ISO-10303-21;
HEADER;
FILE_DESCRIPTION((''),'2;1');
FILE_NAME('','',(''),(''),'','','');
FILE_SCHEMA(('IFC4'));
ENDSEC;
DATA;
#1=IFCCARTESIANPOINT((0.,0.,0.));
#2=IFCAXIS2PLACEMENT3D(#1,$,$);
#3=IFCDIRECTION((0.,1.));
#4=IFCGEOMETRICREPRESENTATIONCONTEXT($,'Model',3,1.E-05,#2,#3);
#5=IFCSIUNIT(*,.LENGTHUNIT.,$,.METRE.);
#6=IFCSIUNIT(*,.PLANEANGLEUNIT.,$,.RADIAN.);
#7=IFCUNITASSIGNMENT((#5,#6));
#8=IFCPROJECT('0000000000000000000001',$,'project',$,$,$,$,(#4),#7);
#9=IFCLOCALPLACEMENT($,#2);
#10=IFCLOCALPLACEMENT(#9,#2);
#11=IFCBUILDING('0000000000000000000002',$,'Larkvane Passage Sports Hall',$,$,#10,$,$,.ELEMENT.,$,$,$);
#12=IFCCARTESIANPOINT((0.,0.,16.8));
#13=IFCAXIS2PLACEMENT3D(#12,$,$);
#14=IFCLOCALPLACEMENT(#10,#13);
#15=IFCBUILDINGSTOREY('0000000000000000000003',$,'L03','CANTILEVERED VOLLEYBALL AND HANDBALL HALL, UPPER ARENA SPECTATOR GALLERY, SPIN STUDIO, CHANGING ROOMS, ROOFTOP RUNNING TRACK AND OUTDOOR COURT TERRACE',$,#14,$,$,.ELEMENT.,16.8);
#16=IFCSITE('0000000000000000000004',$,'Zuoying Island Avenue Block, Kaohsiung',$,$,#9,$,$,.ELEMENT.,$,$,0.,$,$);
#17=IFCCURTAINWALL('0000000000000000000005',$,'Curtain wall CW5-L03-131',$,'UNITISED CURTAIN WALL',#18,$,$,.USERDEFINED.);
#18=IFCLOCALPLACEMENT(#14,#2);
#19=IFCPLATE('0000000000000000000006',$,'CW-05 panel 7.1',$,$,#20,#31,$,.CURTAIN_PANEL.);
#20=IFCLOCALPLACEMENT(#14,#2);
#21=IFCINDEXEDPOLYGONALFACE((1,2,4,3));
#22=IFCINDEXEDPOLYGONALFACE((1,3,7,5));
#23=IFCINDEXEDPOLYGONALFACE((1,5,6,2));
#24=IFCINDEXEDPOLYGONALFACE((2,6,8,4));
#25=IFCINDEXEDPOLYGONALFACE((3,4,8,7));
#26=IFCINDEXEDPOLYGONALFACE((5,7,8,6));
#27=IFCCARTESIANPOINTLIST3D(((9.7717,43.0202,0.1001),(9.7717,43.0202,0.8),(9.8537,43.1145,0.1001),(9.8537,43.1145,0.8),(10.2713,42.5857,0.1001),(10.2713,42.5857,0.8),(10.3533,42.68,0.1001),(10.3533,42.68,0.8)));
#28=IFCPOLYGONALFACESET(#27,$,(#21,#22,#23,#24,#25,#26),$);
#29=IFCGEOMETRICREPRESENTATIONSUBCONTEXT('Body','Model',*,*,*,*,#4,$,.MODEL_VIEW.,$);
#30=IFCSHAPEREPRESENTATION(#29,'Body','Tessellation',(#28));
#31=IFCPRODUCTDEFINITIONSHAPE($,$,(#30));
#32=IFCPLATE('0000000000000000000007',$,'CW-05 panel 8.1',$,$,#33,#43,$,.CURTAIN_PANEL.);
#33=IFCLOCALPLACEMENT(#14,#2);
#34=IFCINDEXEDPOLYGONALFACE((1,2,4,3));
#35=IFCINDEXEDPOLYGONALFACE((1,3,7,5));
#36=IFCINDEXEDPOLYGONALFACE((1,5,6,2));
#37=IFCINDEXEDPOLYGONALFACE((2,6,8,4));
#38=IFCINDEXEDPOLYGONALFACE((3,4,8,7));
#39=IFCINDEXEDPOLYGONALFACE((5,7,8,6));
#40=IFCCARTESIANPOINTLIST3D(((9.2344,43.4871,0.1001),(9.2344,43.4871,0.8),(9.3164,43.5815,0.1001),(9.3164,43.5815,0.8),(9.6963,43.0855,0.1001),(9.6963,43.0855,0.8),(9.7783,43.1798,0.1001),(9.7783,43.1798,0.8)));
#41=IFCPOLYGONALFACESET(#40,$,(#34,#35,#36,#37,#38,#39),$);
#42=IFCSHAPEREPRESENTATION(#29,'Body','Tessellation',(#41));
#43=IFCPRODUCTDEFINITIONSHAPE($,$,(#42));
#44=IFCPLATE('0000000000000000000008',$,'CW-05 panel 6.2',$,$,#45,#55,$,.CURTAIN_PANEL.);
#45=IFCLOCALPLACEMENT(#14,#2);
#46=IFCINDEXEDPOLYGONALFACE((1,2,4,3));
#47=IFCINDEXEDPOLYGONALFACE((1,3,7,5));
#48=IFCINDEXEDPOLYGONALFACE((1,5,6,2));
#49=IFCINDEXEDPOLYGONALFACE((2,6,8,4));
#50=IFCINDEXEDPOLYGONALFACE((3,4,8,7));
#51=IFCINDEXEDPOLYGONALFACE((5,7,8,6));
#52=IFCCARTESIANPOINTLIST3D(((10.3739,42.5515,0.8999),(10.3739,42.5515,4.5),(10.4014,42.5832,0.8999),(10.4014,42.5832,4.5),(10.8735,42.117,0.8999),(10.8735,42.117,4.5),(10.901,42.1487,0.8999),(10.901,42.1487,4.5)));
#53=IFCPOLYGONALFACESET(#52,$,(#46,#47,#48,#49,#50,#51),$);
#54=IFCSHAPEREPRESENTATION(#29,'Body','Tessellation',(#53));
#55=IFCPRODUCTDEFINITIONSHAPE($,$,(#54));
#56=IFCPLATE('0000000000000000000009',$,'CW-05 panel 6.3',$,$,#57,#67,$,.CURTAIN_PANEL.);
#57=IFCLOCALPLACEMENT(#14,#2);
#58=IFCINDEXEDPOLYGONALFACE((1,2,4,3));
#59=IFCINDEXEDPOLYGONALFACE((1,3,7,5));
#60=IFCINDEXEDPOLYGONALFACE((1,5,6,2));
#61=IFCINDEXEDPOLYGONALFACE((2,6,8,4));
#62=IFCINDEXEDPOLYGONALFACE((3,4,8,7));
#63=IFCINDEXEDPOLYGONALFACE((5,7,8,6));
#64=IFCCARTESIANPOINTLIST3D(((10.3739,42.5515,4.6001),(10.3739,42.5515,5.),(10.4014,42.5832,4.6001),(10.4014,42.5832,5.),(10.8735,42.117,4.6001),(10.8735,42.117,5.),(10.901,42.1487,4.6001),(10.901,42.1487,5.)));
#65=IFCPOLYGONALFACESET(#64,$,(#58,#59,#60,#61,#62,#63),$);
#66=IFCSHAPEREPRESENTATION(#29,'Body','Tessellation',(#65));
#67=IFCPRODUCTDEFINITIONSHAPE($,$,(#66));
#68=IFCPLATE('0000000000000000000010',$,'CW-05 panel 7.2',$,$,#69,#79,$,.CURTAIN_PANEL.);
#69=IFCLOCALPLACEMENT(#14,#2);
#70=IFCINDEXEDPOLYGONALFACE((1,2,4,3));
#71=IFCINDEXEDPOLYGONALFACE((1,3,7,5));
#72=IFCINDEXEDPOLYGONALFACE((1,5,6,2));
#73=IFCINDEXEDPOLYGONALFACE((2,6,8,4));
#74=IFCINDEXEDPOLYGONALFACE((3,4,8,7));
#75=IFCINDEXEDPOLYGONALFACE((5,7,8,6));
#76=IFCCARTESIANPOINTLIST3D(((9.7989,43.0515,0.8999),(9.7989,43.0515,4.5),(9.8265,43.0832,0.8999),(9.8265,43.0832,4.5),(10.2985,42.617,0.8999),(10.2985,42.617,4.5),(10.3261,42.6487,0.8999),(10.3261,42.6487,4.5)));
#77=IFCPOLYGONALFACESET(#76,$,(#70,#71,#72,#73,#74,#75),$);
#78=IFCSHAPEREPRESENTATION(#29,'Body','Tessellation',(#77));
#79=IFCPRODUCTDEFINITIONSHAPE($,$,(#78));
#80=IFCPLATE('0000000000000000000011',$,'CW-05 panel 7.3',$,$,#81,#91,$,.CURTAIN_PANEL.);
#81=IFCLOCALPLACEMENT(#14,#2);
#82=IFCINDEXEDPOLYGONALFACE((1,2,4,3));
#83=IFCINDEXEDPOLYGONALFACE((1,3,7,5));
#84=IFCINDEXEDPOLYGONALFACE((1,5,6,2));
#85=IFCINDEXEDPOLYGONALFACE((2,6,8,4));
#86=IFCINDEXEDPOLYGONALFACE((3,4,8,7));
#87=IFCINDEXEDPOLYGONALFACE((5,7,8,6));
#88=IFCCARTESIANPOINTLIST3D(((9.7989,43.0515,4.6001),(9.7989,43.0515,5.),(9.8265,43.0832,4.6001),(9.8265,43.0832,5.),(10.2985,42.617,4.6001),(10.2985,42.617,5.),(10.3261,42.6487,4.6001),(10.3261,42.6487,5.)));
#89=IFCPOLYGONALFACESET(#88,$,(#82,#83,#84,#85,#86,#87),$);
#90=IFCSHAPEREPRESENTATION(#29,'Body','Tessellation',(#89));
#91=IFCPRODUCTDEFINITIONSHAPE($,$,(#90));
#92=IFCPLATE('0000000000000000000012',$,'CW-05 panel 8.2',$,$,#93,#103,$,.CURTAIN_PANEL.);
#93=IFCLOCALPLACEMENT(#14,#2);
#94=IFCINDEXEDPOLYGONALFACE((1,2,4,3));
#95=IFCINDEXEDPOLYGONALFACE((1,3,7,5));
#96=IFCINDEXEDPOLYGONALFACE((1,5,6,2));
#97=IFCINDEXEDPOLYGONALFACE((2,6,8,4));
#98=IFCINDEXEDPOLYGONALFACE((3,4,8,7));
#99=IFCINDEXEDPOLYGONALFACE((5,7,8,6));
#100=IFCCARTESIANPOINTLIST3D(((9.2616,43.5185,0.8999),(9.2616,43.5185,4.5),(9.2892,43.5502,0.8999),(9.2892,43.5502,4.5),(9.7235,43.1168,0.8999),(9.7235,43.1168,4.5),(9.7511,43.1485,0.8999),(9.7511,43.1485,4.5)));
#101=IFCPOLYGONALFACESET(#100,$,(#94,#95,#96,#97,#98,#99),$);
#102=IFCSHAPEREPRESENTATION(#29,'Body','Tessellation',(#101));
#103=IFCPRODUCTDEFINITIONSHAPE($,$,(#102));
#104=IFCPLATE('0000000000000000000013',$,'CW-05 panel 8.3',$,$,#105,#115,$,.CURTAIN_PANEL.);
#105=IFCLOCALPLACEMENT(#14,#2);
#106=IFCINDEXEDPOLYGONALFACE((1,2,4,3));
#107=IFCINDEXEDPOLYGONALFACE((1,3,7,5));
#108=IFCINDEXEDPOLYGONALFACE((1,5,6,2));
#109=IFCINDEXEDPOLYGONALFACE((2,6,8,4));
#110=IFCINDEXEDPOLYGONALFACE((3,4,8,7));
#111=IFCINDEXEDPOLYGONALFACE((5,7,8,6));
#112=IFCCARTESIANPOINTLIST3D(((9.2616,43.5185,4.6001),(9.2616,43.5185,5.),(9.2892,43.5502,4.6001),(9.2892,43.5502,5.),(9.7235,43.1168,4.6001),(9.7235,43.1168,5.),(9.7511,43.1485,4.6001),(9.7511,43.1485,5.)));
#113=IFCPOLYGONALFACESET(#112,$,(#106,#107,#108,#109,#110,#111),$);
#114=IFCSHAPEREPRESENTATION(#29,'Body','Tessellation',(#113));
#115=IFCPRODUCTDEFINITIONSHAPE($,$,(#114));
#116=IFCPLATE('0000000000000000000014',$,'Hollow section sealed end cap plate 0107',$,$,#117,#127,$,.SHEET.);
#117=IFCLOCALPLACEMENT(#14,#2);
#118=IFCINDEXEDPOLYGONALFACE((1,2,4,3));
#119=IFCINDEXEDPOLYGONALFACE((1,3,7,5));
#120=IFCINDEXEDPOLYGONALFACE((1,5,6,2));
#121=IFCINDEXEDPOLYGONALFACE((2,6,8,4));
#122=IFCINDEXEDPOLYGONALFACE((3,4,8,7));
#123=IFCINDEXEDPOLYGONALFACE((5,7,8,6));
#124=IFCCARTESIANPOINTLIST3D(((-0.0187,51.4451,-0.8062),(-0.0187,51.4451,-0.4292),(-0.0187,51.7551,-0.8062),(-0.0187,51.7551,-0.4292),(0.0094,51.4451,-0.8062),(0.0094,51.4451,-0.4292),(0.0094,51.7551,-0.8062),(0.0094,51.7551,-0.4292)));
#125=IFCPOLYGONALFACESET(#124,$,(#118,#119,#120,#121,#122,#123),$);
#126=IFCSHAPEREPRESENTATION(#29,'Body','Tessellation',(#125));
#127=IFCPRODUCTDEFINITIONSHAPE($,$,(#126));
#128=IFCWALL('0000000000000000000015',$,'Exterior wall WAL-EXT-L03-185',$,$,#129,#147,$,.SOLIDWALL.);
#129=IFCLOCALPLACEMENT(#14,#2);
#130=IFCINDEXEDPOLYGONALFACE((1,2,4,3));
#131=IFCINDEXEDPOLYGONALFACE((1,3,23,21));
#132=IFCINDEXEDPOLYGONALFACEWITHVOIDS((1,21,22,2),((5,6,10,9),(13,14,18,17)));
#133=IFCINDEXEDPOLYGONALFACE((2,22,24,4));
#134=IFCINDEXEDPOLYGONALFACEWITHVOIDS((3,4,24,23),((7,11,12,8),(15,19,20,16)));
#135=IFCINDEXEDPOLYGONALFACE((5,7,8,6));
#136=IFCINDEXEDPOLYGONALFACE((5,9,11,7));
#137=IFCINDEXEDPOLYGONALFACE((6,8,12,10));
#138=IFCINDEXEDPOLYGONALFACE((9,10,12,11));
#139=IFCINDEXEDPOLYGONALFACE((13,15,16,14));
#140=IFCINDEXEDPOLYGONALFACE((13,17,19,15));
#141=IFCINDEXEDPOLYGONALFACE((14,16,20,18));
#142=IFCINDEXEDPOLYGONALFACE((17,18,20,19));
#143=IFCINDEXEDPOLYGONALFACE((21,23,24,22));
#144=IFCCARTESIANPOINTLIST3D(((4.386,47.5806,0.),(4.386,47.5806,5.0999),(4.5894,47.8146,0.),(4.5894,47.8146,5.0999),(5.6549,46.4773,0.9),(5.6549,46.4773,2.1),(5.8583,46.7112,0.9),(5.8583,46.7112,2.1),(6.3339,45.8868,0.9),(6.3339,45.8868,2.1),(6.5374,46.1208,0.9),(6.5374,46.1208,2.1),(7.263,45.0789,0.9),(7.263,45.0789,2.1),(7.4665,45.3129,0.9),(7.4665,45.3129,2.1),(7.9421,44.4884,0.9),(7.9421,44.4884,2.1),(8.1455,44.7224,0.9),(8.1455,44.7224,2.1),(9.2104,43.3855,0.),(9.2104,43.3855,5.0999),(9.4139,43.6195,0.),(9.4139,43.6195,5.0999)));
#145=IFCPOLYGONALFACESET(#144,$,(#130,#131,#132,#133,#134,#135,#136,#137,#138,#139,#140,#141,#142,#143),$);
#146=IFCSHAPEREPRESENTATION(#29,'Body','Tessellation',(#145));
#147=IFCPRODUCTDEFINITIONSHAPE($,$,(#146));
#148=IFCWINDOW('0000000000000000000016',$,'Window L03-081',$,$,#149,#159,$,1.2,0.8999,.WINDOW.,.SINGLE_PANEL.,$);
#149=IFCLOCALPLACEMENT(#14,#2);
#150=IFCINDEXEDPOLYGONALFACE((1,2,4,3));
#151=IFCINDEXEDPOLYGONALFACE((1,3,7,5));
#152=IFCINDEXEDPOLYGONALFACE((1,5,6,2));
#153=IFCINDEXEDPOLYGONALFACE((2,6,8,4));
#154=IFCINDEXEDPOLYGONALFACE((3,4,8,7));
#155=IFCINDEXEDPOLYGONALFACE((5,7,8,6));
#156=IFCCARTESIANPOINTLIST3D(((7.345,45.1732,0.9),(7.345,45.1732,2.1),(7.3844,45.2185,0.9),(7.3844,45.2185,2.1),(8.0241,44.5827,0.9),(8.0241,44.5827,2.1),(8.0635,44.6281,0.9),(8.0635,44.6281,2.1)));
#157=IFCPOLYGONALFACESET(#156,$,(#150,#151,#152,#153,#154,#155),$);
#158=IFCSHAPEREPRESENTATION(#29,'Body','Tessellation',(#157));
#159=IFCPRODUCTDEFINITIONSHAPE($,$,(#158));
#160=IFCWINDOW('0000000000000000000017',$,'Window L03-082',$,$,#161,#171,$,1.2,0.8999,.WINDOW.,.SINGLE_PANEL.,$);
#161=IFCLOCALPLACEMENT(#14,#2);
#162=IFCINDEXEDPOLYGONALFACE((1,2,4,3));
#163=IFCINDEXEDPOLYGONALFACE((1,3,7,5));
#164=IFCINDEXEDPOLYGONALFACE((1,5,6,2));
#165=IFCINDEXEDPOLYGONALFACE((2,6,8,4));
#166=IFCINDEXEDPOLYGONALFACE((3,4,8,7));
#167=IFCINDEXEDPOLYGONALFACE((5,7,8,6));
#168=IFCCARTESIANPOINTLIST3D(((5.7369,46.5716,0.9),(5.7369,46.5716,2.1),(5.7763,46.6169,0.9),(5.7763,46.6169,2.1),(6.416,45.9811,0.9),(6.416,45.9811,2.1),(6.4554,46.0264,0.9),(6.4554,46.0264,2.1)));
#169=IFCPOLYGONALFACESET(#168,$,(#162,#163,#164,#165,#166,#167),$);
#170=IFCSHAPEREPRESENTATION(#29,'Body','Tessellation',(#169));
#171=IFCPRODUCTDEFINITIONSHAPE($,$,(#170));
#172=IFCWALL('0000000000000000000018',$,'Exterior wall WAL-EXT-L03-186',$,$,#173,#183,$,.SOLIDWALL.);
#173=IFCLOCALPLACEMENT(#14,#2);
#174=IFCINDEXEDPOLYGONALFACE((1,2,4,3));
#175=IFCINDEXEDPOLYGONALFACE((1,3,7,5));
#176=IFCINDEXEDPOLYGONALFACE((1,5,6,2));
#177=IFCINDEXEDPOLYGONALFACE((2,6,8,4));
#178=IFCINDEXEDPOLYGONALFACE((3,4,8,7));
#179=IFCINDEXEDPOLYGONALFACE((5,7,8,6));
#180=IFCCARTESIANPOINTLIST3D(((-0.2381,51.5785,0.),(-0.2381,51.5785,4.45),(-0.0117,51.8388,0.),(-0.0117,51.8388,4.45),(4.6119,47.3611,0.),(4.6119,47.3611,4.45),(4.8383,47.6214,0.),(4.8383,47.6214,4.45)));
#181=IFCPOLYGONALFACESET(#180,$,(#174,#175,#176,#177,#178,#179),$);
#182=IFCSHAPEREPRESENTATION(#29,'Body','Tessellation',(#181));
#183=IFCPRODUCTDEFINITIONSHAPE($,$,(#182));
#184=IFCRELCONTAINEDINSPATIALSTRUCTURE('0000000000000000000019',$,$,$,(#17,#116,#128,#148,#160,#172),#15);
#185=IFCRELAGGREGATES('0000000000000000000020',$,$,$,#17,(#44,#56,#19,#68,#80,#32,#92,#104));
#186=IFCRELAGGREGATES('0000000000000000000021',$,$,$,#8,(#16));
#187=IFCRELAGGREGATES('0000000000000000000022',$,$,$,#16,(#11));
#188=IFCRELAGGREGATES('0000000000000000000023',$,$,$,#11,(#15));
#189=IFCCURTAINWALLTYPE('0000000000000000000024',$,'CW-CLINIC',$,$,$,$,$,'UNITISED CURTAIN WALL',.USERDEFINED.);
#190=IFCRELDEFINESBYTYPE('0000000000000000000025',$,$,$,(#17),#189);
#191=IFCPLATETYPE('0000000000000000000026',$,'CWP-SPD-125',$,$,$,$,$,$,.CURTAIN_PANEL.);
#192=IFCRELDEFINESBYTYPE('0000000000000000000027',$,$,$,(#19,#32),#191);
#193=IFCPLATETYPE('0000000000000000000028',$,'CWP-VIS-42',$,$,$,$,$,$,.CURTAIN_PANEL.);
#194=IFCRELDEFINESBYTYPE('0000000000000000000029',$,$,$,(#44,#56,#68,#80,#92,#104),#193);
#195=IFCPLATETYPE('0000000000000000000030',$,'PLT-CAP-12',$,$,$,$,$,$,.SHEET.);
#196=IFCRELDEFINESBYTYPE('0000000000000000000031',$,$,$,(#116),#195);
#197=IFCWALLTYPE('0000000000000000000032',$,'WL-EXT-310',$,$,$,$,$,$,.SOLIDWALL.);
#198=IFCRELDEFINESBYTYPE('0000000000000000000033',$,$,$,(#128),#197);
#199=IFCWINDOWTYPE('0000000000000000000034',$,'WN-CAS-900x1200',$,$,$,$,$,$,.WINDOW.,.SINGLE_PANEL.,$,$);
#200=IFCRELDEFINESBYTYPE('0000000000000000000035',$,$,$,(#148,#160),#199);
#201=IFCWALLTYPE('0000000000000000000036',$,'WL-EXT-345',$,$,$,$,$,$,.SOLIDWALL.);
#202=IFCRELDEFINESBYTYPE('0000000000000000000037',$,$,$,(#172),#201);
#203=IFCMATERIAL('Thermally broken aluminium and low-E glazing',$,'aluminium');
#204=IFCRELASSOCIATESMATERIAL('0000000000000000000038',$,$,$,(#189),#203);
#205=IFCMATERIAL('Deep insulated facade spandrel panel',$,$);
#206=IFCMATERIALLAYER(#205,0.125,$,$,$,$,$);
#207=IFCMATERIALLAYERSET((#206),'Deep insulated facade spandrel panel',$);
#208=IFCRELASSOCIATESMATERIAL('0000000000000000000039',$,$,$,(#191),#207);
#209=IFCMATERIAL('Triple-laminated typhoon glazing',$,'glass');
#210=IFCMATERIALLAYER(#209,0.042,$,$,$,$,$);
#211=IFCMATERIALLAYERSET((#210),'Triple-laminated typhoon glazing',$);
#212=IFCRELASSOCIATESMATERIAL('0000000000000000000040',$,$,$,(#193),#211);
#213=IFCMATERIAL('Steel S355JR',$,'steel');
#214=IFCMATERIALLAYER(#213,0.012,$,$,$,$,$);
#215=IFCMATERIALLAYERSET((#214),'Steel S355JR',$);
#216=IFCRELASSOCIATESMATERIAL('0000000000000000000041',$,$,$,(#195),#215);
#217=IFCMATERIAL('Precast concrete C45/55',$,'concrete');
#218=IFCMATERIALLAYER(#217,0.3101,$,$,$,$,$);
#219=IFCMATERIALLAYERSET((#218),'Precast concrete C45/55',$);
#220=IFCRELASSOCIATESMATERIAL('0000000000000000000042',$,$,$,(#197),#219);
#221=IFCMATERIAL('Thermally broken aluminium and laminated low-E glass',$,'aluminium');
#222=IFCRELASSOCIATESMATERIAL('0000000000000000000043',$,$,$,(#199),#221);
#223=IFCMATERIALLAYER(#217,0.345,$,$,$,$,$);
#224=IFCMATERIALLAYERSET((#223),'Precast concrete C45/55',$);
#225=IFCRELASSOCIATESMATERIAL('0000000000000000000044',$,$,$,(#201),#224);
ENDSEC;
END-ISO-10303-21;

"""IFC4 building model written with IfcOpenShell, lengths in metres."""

from ifc_helpers import new_model, si_unit, direction, frame, frame_2d, origin, origin_2d, place, context, subcontext, project, spatial, rectangle, extrude, material, layer, layer_set, type_object, element, fill, aggregate, save


model = new_model("IFC4")

# Units and contexts
model_context = context("Model", 3, precision=1e-05, world=origin(), true_north=direction((0.0, 1.0)))
body_context = subcontext(model_context, "Body", "Model", "MODEL_VIEW")
ifc_project = project(units=[si_unit("LENGTHUNIT", "METRE"), si_unit("PLANEANGLEUNIT", "RADIAN")], contexts=[model_context])

# Site, building, storey
site_placement = place(None, origin())
site = spatial("IfcSite", under=ifc_project, at=site_placement, Name="Zuoying Island Avenue Block, Kaohsiung", CompositionType="ELEMENT", RefElevation=0.0)
building_placement = place(site_placement, origin())
building = spatial("IfcBuilding", under=site, at=building_placement, Name="Larkvane Passage Sports Hall", CompositionType="ELEMENT")
storey_placement = place(building_placement, frame((0.0, 0.0, 16.8)))
storey = spatial("IfcBuildingStorey", under=building, at=storey_placement, Name="L03", Description="CANTILEVERED VOLLEYBALL AND HANDBALL HALL, UPPER ARENA SPECTATOR GALLERY, SPIN STUDIO, CHANGING ROOMS, ROOFTOP RUNNING TRACK AND OUTDOOR COURT TERRACE", CompositionType="ELEMENT", Elevation=16.8)

# Curtain wall
ifc_material_1 = material(Name="Thermally broken aluminium and low-E glazing", Category="aluminium")
curtain_wall_type = type_object("IfcCurtainWallType", Name="CW-CLINIC", ElementType="UNITISED CURTAIN WALL", PredefinedType="USERDEFINED", material=ifc_material_1)
curtain_wall_placement = place(storey_placement, origin())
curtain_wall = element("IfcCurtainWall", 1, at=curtain_wall_placement, inside=storey, type_object=curtain_wall_type, Name="Curtain wall CW5-L03-131", ObjectType="UNITISED CURTAIN WALL", PredefinedType="USERDEFINED")

# Plates
ifc_material_2 = material(Name="Deep insulated facade spandrel panel")
ifc_layer_1 = layer(ifc_material_2, 0.125)
ifc_layer_set_1 = layer_set([ifc_layer_1], Name="Deep insulated facade spandrel panel")
plate_type_1 = type_object("IfcPlateType", Name="CWP-SPD-125", PredefinedType="CURTAIN_PANEL", material=ifc_layer_set_1)
plate_1_placement = place(storey_placement, frame((10.0625, 42.8501, 0.1001), z_axis=(0.0, 0.0, 1.0), x_axis=(-0.754606, 0.656179, 0.0)))
plate_1 = element("IfcPlate", 2, at=plate_1_placement, type_object=plate_type_1, Name="CW-05 panel 7.1", PredefinedType="CURTAIN_PANEL", context=body_context, shape_type="SweptSolid", body=[
    extrude(rectangle(XDim=0.6621, YDim=0.125, at=origin_2d()), origin(), (0.0, 0.0, 1.0), 0.7),
])
plate_2_placement = place(storey_placement, frame((9.5063, 43.3335, 0.1001), z_axis=(0.0, 0.0, 1.0), x_axis=(-0.754606, 0.656179, 0.0)))
plate_2 = element("IfcPlate", 3, at=plate_2_placement, type_object=plate_type_1, Name="CW-05 panel 8.1", PredefinedType="CURTAIN_PANEL", context=body_context, shape_type="SweptSolid", body=[
    extrude(rectangle(XDim=0.6121, YDim=0.125, at=origin_2d()), origin(), (0.0, 0.0, 1.0), 0.7),
])
ifc_material_3 = material(Name="Triple-laminated typhoon glazing", Category="glass")
ifc_layer_2 = layer(ifc_material_3, 0.042)
ifc_layer_set_2 = layer_set([ifc_layer_2], Name="Triple-laminated typhoon glazing")
plate_type_2 = type_object("IfcPlateType", Name="CWP-VIS-42", PredefinedType="CURTAIN_PANEL", material=ifc_layer_set_2)
plate_3_placement = place(storey_placement, frame((10.6375, 42.3501, 0.8999), z_axis=(0.0, 0.0, 1.0), x_axis=(-0.754606, 0.656179, 0.0)))
plate_3 = element("IfcPlate", 4, at=plate_3_placement, type_object=plate_type_2, Name="CW-05 panel 6.2", PredefinedType="CURTAIN_PANEL", context=body_context, shape_type="SweptSolid", body=[
    extrude(rectangle(XDim=0.6621, YDim=0.042, at=origin_2d()), origin(), (0.0, 0.0, 1.0), 3.6001),
])
plate_4_placement = place(storey_placement, frame((10.6375, 42.3501, 4.6001), z_axis=(0.0, 0.0, 1.0), x_axis=(-0.754606, 0.656179, 0.0)))
plate_4 = element("IfcPlate", 5, at=plate_4_placement, type_object=plate_type_2, Name="CW-05 panel 6.3", PredefinedType="CURTAIN_PANEL", context=body_context, shape_type="SweptSolid", body=[
    extrude(rectangle(XDim=0.6621, YDim=0.042, at=origin_2d()), origin(), (0.0, 0.0, 1.0), 0.3999),
])
plate_5_placement = place(storey_placement, frame((10.0625, 42.8501, 0.8999), z_axis=(0.0, 0.0, 1.0), x_axis=(-0.754606, 0.656179, 0.0)))
plate_5 = element("IfcPlate", 6, at=plate_5_placement, type_object=plate_type_2, Name="CW-05 panel 7.2", PredefinedType="CURTAIN_PANEL", context=body_context, shape_type="SweptSolid", body=[
    extrude(rectangle(XDim=0.6621, YDim=0.042, at=origin_2d()), origin(), (0.0, 0.0, 1.0), 3.6001),
])
plate_6_placement = place(storey_placement, frame((10.0625, 42.8501, 4.6001), z_axis=(0.0, 0.0, 1.0), x_axis=(-0.754606, 0.656179, 0.0)))
plate_6 = element("IfcPlate", 7, at=plate_6_placement, type_object=plate_type_2, Name="CW-05 panel 7.3", PredefinedType="CURTAIN_PANEL", context=body_context, shape_type="SweptSolid", body=[
    extrude(rectangle(XDim=0.6621, YDim=0.042, at=origin_2d()), origin(), (0.0, 0.0, 1.0), 0.3999),
])
plate_7_placement = place(storey_placement, frame((9.5063, 43.3335, 0.8999), z_axis=(0.0, 0.0, 1.0), x_axis=(-0.754606, 0.656179, 0.0)))
plate_7 = element("IfcPlate", 8, at=plate_7_placement, type_object=plate_type_2, Name="CW-05 panel 8.2", PredefinedType="CURTAIN_PANEL", context=body_context, shape_type="SweptSolid", body=[
    extrude(rectangle(XDim=0.6121, YDim=0.042, at=origin_2d()), origin(), (0.0, 0.0, 1.0), 3.6001),
])
plate_8_placement = place(storey_placement, frame((9.5063, 43.3335, 4.6001), z_axis=(0.0, 0.0, 1.0), x_axis=(-0.754606, 0.656179, 0.0)))
plate_8 = element("IfcPlate", 9, at=plate_8_placement, type_object=plate_type_2, Name="CW-05 panel 8.3", PredefinedType="CURTAIN_PANEL", context=body_context, shape_type="SweptSolid", body=[
    extrude(rectangle(XDim=0.6121, YDim=0.042, at=origin_2d()), origin(), (0.0, 0.0, 1.0), 0.3999),
])
aggregate(curtain_wall, [plate_3, plate_4, plate_1, plate_5, plate_6, plate_2, plate_7, plate_8])
ifc_material_4 = material(Name="Steel S355JR", Category="steel")
ifc_layer_3 = layer(ifc_material_4, 0.012)
ifc_layer_set_3 = layer_set([ifc_layer_3], Name="Steel S355JR")
plate_type_3 = type_object("IfcPlateType", Name="PLT-CAP-12", PredefinedType="SHEET", material=ifc_layer_set_3)
plate_9_placement = place(storey_placement, frame((-0.0046, 51.6001, -0.8062), z_axis=(0.0, 0.0, 1.0), x_axis=(0.0, 1.0, 0.0)))
element("IfcPlate", 10, at=plate_9_placement, inside=storey, type_object=plate_type_3, Name="Hollow section sealed end cap plate 0107", PredefinedType="SHEET", context=body_context, shape_type="SweptSolid", body=[
    extrude(rectangle(XDim=0.3101, YDim=0.0281, at=origin_2d()), origin(), (0.0, 0.0, 1.0), 0.377),
])

# Wall, openings, windows
ifc_material_5 = material(Name="Precast concrete C45/55", Category="concrete")
ifc_layer_4 = layer(ifc_material_5, 0.3101)
ifc_layer_set_4 = layer_set([ifc_layer_4], Name="Precast concrete C45/55")
wall_type_1 = type_object("IfcWallType", Name="WL-EXT-310", PredefinedType="SOLIDWALL", material=ifc_layer_set_4)
wall_1_placement = place(storey_placement, frame((9.3123, 43.5024, 0.0), z_axis=(0.0, 0.0, 1.0), x_axis=(-0.754615, 0.656168, 0.0)))
wall_1 = element("IfcWall", 11, at=wall_1_placement, inside=storey, type_object=wall_type_1, Name="Exterior wall WAL-EXT-L03-185", PredefinedType="SOLIDWALL", context=body_context, shape_type="SweptSolid", body=[
    extrude(rectangle(XDim=6.3933, YDim=0.3101, at=frame_2d((3.1968, 0.0))), origin(), (0.0, 0.0, 1.0), 5.0999),
])
opening_1_placement = place(wall_1_placement, frame((1.6809, 0.0, 0.8999)))
opening_1 = element("IfcOpeningElement", 12, at=opening_1_placement, cuts=wall_1, PredefinedType="OPENING", context=body_context, shape_type="SweptSolid", body=[
    extrude(rectangle(XDim=0.8999, YDim=1.2, at=frame_2d((0.45, 0.6001))), frame((0.0, 0.165, 0.0), z_axis=(0.0, -1.0, 0.0), x_axis=(1.0, 0.0, 0.0)), (0.0, 0.0, 1.0), 0.3301),
])
opening_2_placement = place(wall_1_placement, frame((3.812, 0.0, 0.8999)))
opening_2 = element("IfcOpeningElement", 13, at=opening_2_placement, cuts=wall_1, PredefinedType="OPENING", context=body_context, shape_type="SweptSolid", body=[
    extrude(rectangle(XDim=0.8999, YDim=1.2, at=frame_2d((0.45, 0.6001))), frame((0.0, 0.165, 0.0), z_axis=(0.0, -1.0, 0.0), x_axis=(1.0, 0.0, 0.0)), (0.0, 0.0, 1.0), 0.3301),
])
ifc_material_6 = material(Name="Thermally broken aluminium and laminated low-E glass", Category="aluminium")
window_type = type_object("IfcWindowType", Name="WN-CAS-900x1200", PartitioningType="SINGLE_PANEL", PredefinedType="WINDOW", material=ifc_material_6)
window_1_placement = place(opening_1_placement, origin())
window_1 = element("IfcWindow", 14, at=window_1_placement, inside=storey, type_object=window_type, Name="Window L03-081", OverallHeight=1.2, OverallWidth=0.8999, PartitioningType="SINGLE_PANEL", PredefinedType="WINDOW", context=body_context, shape_type="SweptSolid", body=[
    extrude(rectangle(XDim=0.8999, YDim=1.2, at=frame_2d((0.45, 0.6001))), frame((0.0, 0.03, 0.0), z_axis=(0.0, -1.0, 0.0), x_axis=(1.0, 0.0, 0.0)), (0.0, 0.0, 1.0), 0.0601),
])
fill(opening_1, window_1)
window_2_placement = place(opening_2_placement, origin())
window_2 = element("IfcWindow", 15, at=window_2_placement, inside=storey, type_object=window_type, Name="Window L03-082", OverallHeight=1.2, OverallWidth=0.8999, PartitioningType="SINGLE_PANEL", PredefinedType="WINDOW", context=body_context, shape_type="SweptSolid", body=[
    extrude(rectangle(XDim=0.8999, YDim=1.2, at=frame_2d((0.45, 0.6001))), frame((0.0, 0.03, 0.0), z_axis=(0.0, -1.0, 0.0), x_axis=(1.0, 0.0, 0.0)), (0.0, 0.0, 1.0), 0.0601),
])
fill(opening_2, window_2)

# Wall
ifc_layer_5 = layer(ifc_material_5, 0.345)
ifc_layer_set_5 = layer_set([ifc_layer_5], Name="Precast concrete C45/55")
wall_type_2 = type_object("IfcWallType", Name="WL-EXT-345", PredefinedType="SOLIDWALL", material=ifc_layer_set_5)
wall_2_placement = place(storey_placement, frame((4.7251, 47.4912, 0.0), z_axis=(0.0, 0.0, 1.0), x_axis=(-0.754601, 0.656183, 0.0)))
element("IfcWall", 16, at=wall_2_placement, inside=storey, type_object=wall_type_2, Name="Exterior wall WAL-EXT-L03-186", PredefinedType="SOLIDWALL", context=body_context, shape_type="SweptSolid", body=[
    extrude(rectangle(XDim=6.4272, YDim=0.345, at=frame_2d((3.2136, 0.0))), origin(), (0.0, 0.0, 1.0), 4.45),
])

save(model, "model.ifc")
